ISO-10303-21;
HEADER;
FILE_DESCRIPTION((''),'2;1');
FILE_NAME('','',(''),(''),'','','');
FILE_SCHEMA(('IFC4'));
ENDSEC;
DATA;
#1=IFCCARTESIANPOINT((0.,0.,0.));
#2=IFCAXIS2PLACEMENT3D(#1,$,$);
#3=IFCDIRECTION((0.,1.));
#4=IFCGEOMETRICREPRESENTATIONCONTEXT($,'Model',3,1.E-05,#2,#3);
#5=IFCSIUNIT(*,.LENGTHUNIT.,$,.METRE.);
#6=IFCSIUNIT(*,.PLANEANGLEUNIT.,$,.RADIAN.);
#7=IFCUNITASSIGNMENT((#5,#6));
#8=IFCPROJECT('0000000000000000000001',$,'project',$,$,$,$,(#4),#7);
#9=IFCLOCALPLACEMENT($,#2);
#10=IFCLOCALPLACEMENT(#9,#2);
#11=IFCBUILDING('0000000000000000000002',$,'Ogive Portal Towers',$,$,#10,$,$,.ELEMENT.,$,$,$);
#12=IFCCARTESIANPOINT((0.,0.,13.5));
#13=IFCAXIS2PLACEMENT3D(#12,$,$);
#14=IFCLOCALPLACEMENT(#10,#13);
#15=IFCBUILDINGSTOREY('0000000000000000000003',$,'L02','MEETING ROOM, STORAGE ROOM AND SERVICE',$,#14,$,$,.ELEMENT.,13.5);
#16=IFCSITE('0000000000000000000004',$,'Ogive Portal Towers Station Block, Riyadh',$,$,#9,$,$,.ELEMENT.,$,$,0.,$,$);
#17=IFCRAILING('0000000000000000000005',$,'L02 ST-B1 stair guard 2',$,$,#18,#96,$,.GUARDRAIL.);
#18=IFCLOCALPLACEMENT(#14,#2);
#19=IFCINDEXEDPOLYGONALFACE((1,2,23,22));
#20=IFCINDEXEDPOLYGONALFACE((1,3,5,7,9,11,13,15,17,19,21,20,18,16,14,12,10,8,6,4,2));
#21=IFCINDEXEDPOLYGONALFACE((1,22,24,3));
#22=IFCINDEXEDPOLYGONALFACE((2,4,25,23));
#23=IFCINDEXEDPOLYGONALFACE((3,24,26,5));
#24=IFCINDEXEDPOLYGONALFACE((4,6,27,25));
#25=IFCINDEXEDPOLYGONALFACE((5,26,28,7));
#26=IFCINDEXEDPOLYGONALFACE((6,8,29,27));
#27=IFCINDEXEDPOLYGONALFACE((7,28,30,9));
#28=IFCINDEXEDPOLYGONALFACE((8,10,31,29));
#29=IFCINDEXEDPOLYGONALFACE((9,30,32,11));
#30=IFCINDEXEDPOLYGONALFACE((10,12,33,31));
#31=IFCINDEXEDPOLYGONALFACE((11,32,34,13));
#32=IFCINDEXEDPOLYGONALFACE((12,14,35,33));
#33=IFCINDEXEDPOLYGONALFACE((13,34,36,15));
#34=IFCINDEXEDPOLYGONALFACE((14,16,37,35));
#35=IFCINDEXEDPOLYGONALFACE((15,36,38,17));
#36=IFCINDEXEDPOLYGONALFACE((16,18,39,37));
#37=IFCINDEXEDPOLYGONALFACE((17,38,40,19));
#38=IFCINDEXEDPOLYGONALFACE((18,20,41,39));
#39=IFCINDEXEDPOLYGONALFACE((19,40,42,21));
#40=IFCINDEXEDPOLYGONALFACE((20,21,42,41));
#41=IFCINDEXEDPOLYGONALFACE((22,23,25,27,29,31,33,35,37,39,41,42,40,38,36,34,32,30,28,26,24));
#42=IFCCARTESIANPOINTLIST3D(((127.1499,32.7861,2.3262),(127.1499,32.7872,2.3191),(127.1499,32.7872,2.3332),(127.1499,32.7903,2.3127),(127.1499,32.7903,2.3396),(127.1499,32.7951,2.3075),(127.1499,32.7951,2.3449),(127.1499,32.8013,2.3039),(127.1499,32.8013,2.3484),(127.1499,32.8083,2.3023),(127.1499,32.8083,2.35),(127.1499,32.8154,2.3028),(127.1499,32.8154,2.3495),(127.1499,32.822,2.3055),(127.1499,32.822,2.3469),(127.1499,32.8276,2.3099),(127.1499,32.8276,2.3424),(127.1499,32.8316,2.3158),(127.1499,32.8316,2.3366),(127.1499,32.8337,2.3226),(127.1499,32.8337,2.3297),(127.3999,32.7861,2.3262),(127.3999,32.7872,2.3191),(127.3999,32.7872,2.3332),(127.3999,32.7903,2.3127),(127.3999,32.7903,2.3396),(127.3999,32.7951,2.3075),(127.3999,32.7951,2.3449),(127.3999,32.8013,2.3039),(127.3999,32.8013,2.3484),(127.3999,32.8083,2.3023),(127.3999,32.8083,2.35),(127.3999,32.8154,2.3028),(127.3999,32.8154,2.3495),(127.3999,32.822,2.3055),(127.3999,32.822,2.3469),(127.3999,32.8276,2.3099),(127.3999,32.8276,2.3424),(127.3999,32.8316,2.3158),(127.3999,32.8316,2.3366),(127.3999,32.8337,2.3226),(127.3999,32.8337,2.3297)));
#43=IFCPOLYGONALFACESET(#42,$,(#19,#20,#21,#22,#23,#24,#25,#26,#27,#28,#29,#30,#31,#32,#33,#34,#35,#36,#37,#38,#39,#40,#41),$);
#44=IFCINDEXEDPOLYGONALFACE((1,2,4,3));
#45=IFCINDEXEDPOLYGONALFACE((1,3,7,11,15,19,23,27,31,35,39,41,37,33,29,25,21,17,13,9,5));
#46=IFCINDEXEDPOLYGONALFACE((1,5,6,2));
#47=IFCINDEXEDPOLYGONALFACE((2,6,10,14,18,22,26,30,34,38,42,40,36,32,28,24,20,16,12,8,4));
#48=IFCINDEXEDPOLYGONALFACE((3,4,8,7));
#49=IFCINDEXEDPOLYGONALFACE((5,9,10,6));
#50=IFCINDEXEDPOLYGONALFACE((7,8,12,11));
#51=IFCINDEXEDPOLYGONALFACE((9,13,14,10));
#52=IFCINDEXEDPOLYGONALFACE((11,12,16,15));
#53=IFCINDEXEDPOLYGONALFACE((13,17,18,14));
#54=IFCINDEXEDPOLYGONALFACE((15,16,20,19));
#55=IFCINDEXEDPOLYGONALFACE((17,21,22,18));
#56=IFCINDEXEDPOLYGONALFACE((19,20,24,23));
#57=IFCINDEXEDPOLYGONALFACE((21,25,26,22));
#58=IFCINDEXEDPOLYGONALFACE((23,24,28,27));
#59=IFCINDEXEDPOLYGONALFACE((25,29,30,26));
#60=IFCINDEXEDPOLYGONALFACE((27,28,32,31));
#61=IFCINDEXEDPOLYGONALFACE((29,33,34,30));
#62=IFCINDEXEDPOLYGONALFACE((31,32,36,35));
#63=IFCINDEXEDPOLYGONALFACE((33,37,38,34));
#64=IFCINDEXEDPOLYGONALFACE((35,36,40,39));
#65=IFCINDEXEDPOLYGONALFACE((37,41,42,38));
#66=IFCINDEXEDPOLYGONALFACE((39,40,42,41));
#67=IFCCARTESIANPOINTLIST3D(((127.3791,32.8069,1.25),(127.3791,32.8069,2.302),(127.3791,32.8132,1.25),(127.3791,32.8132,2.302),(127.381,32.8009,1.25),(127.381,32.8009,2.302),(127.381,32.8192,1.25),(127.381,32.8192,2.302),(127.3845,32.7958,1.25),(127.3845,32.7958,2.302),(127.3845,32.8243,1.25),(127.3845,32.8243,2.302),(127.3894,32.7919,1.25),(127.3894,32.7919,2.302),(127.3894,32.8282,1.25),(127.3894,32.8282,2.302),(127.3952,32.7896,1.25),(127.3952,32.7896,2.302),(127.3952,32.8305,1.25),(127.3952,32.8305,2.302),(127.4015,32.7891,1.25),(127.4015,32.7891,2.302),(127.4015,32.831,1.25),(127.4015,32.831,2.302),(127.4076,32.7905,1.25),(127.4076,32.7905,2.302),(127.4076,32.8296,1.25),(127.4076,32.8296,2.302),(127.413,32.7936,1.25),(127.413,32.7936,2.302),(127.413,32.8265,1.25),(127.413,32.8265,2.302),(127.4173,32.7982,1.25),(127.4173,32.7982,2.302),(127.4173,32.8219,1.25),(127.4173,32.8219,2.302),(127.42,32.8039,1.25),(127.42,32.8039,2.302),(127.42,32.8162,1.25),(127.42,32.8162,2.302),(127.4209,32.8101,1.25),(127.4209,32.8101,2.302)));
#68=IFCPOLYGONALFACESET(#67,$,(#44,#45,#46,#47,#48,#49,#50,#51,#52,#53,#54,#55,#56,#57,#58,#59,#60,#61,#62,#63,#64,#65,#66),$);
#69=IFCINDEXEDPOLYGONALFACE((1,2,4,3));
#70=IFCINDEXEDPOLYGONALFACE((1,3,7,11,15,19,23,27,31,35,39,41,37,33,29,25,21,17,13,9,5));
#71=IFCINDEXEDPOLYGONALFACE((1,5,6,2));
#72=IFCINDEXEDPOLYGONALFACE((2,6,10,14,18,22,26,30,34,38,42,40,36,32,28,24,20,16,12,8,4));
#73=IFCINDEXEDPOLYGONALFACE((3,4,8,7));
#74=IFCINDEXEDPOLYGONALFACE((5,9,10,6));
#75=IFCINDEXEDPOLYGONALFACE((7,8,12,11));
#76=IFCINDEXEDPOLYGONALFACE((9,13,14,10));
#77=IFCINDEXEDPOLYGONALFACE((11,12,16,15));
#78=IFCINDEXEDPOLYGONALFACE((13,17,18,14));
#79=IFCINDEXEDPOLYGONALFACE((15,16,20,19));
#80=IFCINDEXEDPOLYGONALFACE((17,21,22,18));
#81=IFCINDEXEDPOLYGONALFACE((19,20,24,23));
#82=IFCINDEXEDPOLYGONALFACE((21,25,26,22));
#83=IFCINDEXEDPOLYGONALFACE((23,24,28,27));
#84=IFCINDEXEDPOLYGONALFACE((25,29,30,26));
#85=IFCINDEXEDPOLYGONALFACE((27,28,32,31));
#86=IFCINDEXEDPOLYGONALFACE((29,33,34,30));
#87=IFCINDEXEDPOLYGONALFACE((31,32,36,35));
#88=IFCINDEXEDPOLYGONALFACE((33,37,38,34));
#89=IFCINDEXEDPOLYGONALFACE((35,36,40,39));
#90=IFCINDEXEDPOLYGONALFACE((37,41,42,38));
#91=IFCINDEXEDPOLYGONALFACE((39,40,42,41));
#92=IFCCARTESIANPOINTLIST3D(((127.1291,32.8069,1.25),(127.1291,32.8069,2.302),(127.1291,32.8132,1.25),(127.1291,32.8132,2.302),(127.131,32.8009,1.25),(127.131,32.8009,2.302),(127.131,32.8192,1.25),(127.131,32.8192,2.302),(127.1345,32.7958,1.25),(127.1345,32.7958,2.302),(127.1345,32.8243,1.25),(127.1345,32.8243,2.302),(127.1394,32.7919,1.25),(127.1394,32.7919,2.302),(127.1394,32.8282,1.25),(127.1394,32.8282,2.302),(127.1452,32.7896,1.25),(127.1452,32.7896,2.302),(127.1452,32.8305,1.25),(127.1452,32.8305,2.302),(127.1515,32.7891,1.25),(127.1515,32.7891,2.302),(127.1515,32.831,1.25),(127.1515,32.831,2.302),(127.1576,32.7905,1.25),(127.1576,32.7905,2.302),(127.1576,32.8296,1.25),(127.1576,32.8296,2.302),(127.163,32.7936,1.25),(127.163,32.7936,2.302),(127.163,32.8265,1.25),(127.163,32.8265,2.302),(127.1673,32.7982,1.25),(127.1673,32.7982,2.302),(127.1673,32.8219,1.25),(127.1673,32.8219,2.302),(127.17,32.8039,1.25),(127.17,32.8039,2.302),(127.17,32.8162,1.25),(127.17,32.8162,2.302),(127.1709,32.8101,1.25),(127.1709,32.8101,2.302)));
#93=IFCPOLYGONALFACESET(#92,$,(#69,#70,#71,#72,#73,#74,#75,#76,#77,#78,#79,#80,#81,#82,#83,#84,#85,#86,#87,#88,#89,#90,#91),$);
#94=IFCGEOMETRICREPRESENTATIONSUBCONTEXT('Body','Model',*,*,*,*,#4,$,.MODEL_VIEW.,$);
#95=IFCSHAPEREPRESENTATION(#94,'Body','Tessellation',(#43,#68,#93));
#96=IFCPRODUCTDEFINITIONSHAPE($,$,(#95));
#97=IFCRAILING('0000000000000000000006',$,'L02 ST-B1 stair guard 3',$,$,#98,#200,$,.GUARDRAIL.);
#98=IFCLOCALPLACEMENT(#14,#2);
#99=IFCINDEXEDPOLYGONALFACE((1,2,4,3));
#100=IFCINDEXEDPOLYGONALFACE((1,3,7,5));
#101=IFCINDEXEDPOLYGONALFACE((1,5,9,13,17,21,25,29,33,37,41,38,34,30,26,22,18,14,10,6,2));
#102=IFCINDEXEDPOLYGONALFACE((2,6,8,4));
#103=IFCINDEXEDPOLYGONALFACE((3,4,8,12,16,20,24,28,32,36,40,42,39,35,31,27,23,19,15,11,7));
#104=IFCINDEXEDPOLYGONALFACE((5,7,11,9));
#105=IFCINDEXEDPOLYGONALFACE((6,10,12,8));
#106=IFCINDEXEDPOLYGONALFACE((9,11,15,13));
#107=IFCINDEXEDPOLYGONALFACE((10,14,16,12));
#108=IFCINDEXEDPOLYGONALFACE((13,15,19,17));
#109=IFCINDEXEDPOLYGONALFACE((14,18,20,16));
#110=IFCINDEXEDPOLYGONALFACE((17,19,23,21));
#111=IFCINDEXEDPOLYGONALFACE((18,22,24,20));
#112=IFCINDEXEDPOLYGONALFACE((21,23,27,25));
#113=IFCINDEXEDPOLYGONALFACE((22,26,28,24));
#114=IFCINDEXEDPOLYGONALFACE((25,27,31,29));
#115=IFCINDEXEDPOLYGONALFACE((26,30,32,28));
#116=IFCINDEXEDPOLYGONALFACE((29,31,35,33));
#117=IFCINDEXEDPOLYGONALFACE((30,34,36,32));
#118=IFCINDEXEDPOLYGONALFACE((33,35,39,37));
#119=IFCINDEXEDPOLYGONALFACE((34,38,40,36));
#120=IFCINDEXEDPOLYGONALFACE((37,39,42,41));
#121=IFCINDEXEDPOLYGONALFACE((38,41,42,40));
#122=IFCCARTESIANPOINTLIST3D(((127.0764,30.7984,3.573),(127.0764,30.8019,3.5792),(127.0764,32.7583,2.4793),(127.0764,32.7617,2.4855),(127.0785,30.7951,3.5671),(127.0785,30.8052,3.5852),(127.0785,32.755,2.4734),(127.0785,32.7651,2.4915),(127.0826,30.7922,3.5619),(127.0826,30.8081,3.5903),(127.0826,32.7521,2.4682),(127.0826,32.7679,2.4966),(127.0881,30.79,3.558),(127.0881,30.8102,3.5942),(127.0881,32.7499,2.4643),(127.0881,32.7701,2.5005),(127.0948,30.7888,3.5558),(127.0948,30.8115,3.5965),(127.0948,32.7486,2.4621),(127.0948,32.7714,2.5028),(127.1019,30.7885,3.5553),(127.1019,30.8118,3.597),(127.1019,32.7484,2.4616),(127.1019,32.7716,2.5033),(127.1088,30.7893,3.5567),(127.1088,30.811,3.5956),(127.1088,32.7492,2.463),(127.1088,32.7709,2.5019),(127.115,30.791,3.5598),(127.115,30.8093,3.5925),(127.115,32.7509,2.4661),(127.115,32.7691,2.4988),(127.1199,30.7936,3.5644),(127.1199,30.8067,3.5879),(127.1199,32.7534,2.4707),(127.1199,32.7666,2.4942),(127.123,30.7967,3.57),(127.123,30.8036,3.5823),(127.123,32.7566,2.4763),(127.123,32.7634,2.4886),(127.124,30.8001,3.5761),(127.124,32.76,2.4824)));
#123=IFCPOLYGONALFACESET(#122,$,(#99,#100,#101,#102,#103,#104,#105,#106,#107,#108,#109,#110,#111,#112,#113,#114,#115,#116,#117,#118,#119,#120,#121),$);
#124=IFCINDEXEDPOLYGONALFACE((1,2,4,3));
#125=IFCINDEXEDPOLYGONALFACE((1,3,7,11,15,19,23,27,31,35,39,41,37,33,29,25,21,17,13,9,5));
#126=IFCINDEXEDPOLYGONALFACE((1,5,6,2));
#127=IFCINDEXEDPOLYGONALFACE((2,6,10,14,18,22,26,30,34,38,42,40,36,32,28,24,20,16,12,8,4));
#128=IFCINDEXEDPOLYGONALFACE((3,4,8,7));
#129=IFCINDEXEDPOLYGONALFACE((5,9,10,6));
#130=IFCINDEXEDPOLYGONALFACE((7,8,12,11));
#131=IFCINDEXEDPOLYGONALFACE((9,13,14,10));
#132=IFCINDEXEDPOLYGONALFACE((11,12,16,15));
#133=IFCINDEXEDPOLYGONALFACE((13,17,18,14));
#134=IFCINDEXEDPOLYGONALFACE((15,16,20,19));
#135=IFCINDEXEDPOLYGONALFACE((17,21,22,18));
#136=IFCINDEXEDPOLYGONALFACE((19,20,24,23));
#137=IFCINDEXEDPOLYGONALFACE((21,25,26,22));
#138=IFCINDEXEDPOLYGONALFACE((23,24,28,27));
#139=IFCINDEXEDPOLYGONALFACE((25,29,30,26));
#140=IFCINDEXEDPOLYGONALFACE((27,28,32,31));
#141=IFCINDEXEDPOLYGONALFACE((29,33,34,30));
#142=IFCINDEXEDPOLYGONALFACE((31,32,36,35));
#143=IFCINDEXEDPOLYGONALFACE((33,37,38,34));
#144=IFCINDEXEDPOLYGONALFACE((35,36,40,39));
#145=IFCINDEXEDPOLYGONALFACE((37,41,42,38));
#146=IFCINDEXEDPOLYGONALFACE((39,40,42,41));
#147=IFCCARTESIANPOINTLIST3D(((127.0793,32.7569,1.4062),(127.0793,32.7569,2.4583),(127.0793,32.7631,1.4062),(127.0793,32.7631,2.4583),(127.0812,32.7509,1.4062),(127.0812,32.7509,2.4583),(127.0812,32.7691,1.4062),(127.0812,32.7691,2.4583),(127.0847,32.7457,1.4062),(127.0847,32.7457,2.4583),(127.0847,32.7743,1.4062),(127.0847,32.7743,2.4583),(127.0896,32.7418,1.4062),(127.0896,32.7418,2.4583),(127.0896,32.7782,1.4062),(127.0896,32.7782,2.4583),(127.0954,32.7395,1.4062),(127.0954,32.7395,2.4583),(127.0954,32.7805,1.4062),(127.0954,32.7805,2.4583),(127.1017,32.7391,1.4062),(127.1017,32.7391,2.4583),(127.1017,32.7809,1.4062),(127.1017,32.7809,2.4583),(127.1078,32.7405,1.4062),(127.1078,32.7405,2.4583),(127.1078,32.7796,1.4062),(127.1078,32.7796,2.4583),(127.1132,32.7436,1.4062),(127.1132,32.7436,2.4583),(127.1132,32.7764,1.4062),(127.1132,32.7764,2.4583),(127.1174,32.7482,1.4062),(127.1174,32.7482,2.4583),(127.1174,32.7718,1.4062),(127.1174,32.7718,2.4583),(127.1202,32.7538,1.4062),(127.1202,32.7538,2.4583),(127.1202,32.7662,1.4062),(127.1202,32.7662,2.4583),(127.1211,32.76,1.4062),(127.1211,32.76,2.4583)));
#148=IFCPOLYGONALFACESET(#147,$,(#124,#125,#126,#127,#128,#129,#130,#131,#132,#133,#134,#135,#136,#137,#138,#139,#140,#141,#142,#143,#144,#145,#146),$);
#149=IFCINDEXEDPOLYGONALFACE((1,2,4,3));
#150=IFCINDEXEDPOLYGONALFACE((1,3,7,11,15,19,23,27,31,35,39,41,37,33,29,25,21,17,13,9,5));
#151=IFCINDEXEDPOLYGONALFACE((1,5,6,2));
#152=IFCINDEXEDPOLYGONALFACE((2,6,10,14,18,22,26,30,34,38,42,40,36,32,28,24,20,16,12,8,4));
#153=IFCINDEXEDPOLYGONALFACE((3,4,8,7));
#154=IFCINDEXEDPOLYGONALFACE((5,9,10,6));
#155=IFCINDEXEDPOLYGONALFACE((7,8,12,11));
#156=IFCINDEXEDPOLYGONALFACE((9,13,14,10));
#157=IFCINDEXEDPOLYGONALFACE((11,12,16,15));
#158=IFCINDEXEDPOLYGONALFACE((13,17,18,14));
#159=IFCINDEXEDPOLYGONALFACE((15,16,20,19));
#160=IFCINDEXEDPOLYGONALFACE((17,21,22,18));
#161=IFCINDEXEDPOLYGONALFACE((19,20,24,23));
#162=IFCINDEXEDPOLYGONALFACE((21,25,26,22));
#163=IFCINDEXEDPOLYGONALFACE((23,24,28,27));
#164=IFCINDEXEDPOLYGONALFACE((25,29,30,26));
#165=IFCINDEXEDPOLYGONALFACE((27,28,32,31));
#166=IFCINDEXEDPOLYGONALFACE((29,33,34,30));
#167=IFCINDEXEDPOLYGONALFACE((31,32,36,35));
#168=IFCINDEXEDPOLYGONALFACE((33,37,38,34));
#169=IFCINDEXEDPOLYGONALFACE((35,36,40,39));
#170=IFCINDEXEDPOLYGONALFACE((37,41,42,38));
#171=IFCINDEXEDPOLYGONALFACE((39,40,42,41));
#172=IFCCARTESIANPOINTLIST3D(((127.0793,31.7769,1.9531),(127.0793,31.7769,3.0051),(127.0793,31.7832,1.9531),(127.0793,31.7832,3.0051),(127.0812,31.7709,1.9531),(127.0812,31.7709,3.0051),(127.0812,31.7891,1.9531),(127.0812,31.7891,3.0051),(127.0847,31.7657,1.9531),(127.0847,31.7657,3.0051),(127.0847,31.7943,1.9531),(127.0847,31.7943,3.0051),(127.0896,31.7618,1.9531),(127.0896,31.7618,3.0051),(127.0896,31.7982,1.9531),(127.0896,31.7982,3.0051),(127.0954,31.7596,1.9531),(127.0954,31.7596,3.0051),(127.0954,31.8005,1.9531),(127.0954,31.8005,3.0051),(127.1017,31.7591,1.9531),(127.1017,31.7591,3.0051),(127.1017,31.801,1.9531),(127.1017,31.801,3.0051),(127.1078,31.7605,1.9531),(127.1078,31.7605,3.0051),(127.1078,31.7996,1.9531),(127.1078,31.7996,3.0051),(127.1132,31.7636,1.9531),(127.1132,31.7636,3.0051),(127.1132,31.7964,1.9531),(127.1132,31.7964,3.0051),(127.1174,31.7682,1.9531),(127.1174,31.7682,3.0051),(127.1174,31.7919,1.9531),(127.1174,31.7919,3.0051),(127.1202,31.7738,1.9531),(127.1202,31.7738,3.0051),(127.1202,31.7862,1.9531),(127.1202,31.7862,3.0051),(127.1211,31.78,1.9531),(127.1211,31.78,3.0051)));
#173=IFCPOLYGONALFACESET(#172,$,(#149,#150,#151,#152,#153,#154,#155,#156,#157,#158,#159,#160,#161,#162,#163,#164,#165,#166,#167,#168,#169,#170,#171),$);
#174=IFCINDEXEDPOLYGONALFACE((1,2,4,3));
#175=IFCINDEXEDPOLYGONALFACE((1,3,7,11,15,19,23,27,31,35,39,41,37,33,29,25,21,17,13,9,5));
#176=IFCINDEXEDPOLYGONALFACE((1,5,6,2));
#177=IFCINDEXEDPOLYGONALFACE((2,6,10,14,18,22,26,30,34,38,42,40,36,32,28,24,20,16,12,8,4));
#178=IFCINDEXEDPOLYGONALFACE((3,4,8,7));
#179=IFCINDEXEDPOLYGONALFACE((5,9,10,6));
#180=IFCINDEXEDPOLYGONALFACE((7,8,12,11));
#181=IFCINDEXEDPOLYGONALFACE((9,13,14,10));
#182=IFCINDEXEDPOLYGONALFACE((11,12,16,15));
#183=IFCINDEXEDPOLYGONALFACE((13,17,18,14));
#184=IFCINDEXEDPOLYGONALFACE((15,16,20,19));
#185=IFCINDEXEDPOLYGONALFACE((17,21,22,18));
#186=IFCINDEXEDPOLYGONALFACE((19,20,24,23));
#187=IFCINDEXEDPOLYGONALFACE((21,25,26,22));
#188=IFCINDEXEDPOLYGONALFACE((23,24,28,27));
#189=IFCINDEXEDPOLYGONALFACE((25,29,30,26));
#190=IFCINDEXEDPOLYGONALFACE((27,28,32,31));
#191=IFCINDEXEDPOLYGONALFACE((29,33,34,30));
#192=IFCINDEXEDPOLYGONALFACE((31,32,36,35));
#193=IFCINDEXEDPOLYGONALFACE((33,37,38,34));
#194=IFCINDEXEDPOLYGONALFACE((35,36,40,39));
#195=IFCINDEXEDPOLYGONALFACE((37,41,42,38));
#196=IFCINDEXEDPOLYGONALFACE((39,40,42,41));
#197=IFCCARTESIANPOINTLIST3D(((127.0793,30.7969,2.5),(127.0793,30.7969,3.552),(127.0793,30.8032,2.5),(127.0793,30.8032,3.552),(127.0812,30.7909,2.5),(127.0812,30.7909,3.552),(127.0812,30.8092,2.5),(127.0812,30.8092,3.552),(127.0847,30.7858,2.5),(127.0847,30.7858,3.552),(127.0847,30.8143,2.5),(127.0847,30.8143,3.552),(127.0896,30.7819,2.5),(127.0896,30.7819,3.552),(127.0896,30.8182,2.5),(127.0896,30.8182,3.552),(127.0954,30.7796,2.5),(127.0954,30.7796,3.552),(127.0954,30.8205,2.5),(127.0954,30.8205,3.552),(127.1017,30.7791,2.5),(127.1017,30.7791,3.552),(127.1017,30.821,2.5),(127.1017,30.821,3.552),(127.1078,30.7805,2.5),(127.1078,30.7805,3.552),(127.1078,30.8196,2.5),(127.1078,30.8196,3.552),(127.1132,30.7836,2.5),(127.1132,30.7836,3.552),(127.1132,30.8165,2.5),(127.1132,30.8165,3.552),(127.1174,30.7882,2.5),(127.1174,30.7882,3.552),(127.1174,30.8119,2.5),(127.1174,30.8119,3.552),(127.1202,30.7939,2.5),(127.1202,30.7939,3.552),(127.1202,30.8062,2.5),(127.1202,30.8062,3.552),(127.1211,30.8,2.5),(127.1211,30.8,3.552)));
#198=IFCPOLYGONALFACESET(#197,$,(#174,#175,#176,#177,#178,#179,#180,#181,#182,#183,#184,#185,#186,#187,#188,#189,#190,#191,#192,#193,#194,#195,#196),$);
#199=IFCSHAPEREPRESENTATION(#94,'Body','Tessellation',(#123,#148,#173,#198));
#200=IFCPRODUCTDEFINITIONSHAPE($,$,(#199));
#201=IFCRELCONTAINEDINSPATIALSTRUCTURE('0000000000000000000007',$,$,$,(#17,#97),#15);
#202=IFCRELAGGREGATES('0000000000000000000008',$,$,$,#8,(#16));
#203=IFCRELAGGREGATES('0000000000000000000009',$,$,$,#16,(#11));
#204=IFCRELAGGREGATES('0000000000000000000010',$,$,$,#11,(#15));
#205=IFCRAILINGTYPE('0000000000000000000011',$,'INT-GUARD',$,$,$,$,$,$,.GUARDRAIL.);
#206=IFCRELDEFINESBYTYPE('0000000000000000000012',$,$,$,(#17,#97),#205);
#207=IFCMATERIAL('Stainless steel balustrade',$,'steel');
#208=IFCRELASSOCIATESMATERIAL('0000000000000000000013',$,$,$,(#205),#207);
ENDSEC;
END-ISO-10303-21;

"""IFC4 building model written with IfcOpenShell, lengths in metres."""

from ifc_helpers import new_model, si_unit, direction, frame, origin, origin_2d, place, context, subcontext, project, spatial, circle, extrude, material, type_object, element, save


model = new_model("IFC4")

# Units and contexts
model_context = context("Model", 3, precision=1e-05, world=origin(), true_north=direction((0.0, 1.0)))
body_context = subcontext(model_context, "Body", "Model", "MODEL_VIEW")
ifc_project = project(units=[si_unit("LENGTHUNIT", "METRE"), si_unit("PLANEANGLEUNIT", "RADIAN")], contexts=[model_context])

# Site, building, storey
site_placement = place(None, origin())
site = spatial("IfcSite", under=ifc_project, at=site_placement, Name="Ogive Portal Towers Station Block, Riyadh", CompositionType="ELEMENT", RefElevation=0.0)
building_placement = place(site_placement, origin())
building = spatial("IfcBuilding", under=site, at=building_placement, Name="Ogive Portal Towers", CompositionType="ELEMENT")
storey_placement = place(building_placement, frame((0.0, 0.0, 13.5)))
storey = spatial("IfcBuildingStorey", under=building, at=storey_placement, Name="L02", Description="MEETING ROOM, STORAGE ROOM AND SERVICE", CompositionType="ELEMENT", Elevation=13.5)

# Railings
ifc_material_1 = material(Name="Stainless steel balustrade", Category="steel")
railing_type_1 = type_object("IfcRailingType", Name="INT-GUARD", PredefinedType="GUARDRAIL", material=ifc_material_1)
railing_1_placement = place(storey_placement, frame((127.3999, 32.8101, 1.25)))
element("IfcRailing", 1, at=railing_1_placement, inside=storey, type_object=railing_type_1, Name="L02 ST-B1 stair guard 2", PredefinedType="GUARDRAIL", context=body_context, shape_type="SweptSolid", body=[
    extrude(circle(Radius=0.0239, at=origin_2d()), frame((0.0, 0.0, 1.0762), z_axis=(-1.0, 0.0, 0.0), x_axis=(0.0, -1.0, 0.0)), (0.0, 0.0, 1.0), 0.25),
    extrude(circle(Radius=0.021, at=origin_2d()), origin(), (0.0, 0.0, 1.0), 1.052),
    extrude(circle(Radius=0.021, at=origin_2d()), frame((-0.25, 0.0, 0.0)), (0.0, 0.0, 1.0), 1.052),
])
railing_2_placement = place(storey_placement, frame((127.1001, 32.76, 1.4062)))
element("IfcRailing", 2, at=railing_2_placement, inside=storey, type_object=railing_type_1, Name="L02 ST-B1 stair guard 3", PredefinedType="GUARDRAIL", context=body_context, shape_type="SweptSolid", body=[
    extrude(circle(Radius=0.0239, at=origin_2d()), frame((0.0, 0.0, 1.0762), z_axis=(0.0, -0.873232, 0.487304), x_axis=(1.0, 0.0, 0.0)), (0.0, 0.0, 1.0), 2.2444),
    extrude(circle(Radius=0.021, at=origin_2d()), origin(), (0.0, 0.0, 1.0), 1.052),
    extrude(circle(Radius=0.021, at=origin_2d()), frame((0.0, -0.98, 0.5469)), (0.0, 0.0, 1.0), 1.052),
    extrude(circle(Radius=0.021, at=origin_2d()), frame((0.0, -1.96, 1.0938)), (0.0, 0.0, 1.0), 1.052),
])

save(model, "model.ifc")
